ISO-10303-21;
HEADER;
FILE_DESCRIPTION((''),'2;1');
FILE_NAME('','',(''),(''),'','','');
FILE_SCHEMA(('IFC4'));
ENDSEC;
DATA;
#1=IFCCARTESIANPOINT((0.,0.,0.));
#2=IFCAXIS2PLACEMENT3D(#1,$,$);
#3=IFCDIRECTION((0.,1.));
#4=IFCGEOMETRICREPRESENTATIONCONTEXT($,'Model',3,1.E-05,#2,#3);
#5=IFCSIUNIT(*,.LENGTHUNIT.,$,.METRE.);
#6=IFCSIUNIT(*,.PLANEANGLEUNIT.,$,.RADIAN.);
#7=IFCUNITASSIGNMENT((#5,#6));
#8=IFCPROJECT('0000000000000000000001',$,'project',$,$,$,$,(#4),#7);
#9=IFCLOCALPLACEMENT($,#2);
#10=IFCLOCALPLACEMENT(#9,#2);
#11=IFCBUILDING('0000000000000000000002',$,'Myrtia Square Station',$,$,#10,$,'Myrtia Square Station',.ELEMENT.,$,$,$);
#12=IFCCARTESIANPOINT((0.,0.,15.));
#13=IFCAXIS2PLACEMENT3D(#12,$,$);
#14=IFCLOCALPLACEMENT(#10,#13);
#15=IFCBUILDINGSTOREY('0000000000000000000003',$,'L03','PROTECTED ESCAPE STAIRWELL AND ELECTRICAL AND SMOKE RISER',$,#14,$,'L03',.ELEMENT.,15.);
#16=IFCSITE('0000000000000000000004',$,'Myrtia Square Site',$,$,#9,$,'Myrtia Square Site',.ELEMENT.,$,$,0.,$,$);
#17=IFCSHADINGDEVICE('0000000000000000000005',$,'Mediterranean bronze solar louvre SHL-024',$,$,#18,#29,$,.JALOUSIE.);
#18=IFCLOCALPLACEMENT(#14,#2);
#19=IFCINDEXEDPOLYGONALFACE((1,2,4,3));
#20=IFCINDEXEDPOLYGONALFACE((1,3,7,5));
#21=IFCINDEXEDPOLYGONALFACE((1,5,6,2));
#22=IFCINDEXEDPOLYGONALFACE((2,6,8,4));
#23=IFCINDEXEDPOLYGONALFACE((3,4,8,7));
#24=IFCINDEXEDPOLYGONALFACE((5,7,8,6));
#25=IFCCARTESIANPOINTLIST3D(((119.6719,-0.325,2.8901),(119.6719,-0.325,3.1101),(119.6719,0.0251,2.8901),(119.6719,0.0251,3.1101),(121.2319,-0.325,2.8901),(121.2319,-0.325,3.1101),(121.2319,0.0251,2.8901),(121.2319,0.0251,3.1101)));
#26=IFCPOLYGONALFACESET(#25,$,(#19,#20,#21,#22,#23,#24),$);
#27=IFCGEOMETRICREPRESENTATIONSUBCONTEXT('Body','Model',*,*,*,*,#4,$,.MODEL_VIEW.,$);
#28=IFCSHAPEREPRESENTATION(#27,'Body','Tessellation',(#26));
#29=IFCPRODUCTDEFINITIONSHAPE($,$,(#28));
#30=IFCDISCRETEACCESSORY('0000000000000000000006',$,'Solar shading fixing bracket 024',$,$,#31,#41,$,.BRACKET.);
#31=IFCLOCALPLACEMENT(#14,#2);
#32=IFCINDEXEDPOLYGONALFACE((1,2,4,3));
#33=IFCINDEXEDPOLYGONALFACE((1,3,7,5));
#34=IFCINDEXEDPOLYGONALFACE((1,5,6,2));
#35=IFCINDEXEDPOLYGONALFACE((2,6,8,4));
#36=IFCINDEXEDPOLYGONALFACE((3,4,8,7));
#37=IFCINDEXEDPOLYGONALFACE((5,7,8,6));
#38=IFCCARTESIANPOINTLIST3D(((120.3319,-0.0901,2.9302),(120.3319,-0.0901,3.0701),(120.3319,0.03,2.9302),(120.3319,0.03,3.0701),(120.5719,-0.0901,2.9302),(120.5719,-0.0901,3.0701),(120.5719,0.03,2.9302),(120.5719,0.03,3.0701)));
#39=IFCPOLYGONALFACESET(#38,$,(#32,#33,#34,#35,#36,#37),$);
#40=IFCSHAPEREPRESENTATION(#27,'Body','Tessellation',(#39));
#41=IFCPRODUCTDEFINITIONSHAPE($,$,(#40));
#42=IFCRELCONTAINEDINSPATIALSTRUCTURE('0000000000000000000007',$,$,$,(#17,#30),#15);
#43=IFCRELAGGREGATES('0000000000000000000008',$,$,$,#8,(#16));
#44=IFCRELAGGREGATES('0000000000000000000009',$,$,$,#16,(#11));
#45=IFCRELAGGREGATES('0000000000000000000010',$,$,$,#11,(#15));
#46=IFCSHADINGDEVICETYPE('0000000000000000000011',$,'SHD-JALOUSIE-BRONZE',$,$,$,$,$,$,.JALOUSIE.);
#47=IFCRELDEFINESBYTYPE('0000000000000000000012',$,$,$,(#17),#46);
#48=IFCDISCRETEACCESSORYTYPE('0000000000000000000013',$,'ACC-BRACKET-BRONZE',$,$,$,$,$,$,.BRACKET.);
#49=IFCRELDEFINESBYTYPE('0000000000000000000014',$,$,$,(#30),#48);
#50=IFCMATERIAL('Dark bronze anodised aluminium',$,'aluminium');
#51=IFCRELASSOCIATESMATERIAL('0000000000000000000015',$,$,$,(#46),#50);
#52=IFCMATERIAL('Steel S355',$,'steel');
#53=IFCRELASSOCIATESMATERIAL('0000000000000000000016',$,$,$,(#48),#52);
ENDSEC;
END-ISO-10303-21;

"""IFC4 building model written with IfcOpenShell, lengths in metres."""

from ifc_helpers import new_model, si_unit, direction, frame, origin, origin_2d, place, context, subcontext, project, spatial, rectangle, extrude, material, type_object, element, save


model = new_model("IFC4")

# Units and contexts
model_context = context("Model", 3, precision=1e-05, world=origin(), true_north=direction((0.0, 1.0)))
body_context = subcontext(model_context, "Body", "Model", "MODEL_VIEW")
ifc_project = project(units=[si_unit("LENGTHUNIT", "METRE"), si_unit("PLANEANGLEUNIT", "RADIAN")], contexts=[model_context])

# Site, building, storey
site_placement = place(None, origin())
site = spatial("IfcSite", under=ifc_project, at=site_placement, Name="Myrtia Square Site", LongName="Myrtia Square Site", CompositionType="ELEMENT", RefElevation=0.0)
building_placement = place(site_placement, origin())
building = spatial("IfcBuilding", under=site, at=building_placement, Name="Myrtia Square Station", LongName="Myrtia Square Station", CompositionType="ELEMENT")
storey_placement = place(building_placement, frame((0.0, 0.0, 15.0)))
storey = spatial("IfcBuildingStorey", under=building, at=storey_placement, Name="L03", Description="PROTECTED ESCAPE STAIRWELL AND ELECTRICAL AND SMOKE RISER", LongName="L03", CompositionType="ELEMENT", Elevation=15.0)

# Shared definitions
ifc_material_1 = material(Name="Steel S355", Category="steel")

# Shading device
ifc_material_2 = material(Name="Dark bronze anodised aluminium", Category="aluminium")
shading_device_type_1 = type_object("IfcShadingDeviceType", Name="SHD-JALOUSIE-BRONZE", PredefinedType="JALOUSIE", material=ifc_material_2)
shading_device_1_placement = place(storey_placement, frame((120.4519, -0.1499, 2.8901), z_axis=(0.0, 0.0, 1.0), x_axis=(1.0, 0.0, 0.0)))
element("IfcShadingDevice", 1, at=shading_device_1_placement, inside=storey, type_object=shading_device_type_1, Name="Mediterranean bronze solar louvre SHL-024", PredefinedType="JALOUSIE", context=body_context, shape_type="SweptSolid", body=[
    extrude(rectangle(XDim=1.5601, YDim=0.3501, at=origin_2d()), origin(), (0.0, 0.0, 1.0), 0.22),
])

# Discrete accessory
discrete_accessory_type = type_object("IfcDiscreteAccessoryType", Name="ACC-BRACKET-BRONZE", PredefinedType="BRACKET", material=ifc_material_1)
discrete_accessory_placement = place(storey_placement, frame((120.4519, -0.03, 2.9302), z_axis=(0.0, 0.0, 1.0), x_axis=(1.0, 0.0, 0.0)))
element("IfcDiscreteAccessory", 2, at=discrete_accessory_placement, inside=storey, type_object=discrete_accessory_type, Name="Solar shading fixing bracket 024", PredefinedType="BRACKET", context=body_context, shape_type="SweptSolid", body=[
    extrude(rectangle(XDim=0.24, YDim=0.1201, at=origin_2d()), origin(), (0.0, 0.0, 1.0), 0.1399),
])

save(model, "model.ifc")
